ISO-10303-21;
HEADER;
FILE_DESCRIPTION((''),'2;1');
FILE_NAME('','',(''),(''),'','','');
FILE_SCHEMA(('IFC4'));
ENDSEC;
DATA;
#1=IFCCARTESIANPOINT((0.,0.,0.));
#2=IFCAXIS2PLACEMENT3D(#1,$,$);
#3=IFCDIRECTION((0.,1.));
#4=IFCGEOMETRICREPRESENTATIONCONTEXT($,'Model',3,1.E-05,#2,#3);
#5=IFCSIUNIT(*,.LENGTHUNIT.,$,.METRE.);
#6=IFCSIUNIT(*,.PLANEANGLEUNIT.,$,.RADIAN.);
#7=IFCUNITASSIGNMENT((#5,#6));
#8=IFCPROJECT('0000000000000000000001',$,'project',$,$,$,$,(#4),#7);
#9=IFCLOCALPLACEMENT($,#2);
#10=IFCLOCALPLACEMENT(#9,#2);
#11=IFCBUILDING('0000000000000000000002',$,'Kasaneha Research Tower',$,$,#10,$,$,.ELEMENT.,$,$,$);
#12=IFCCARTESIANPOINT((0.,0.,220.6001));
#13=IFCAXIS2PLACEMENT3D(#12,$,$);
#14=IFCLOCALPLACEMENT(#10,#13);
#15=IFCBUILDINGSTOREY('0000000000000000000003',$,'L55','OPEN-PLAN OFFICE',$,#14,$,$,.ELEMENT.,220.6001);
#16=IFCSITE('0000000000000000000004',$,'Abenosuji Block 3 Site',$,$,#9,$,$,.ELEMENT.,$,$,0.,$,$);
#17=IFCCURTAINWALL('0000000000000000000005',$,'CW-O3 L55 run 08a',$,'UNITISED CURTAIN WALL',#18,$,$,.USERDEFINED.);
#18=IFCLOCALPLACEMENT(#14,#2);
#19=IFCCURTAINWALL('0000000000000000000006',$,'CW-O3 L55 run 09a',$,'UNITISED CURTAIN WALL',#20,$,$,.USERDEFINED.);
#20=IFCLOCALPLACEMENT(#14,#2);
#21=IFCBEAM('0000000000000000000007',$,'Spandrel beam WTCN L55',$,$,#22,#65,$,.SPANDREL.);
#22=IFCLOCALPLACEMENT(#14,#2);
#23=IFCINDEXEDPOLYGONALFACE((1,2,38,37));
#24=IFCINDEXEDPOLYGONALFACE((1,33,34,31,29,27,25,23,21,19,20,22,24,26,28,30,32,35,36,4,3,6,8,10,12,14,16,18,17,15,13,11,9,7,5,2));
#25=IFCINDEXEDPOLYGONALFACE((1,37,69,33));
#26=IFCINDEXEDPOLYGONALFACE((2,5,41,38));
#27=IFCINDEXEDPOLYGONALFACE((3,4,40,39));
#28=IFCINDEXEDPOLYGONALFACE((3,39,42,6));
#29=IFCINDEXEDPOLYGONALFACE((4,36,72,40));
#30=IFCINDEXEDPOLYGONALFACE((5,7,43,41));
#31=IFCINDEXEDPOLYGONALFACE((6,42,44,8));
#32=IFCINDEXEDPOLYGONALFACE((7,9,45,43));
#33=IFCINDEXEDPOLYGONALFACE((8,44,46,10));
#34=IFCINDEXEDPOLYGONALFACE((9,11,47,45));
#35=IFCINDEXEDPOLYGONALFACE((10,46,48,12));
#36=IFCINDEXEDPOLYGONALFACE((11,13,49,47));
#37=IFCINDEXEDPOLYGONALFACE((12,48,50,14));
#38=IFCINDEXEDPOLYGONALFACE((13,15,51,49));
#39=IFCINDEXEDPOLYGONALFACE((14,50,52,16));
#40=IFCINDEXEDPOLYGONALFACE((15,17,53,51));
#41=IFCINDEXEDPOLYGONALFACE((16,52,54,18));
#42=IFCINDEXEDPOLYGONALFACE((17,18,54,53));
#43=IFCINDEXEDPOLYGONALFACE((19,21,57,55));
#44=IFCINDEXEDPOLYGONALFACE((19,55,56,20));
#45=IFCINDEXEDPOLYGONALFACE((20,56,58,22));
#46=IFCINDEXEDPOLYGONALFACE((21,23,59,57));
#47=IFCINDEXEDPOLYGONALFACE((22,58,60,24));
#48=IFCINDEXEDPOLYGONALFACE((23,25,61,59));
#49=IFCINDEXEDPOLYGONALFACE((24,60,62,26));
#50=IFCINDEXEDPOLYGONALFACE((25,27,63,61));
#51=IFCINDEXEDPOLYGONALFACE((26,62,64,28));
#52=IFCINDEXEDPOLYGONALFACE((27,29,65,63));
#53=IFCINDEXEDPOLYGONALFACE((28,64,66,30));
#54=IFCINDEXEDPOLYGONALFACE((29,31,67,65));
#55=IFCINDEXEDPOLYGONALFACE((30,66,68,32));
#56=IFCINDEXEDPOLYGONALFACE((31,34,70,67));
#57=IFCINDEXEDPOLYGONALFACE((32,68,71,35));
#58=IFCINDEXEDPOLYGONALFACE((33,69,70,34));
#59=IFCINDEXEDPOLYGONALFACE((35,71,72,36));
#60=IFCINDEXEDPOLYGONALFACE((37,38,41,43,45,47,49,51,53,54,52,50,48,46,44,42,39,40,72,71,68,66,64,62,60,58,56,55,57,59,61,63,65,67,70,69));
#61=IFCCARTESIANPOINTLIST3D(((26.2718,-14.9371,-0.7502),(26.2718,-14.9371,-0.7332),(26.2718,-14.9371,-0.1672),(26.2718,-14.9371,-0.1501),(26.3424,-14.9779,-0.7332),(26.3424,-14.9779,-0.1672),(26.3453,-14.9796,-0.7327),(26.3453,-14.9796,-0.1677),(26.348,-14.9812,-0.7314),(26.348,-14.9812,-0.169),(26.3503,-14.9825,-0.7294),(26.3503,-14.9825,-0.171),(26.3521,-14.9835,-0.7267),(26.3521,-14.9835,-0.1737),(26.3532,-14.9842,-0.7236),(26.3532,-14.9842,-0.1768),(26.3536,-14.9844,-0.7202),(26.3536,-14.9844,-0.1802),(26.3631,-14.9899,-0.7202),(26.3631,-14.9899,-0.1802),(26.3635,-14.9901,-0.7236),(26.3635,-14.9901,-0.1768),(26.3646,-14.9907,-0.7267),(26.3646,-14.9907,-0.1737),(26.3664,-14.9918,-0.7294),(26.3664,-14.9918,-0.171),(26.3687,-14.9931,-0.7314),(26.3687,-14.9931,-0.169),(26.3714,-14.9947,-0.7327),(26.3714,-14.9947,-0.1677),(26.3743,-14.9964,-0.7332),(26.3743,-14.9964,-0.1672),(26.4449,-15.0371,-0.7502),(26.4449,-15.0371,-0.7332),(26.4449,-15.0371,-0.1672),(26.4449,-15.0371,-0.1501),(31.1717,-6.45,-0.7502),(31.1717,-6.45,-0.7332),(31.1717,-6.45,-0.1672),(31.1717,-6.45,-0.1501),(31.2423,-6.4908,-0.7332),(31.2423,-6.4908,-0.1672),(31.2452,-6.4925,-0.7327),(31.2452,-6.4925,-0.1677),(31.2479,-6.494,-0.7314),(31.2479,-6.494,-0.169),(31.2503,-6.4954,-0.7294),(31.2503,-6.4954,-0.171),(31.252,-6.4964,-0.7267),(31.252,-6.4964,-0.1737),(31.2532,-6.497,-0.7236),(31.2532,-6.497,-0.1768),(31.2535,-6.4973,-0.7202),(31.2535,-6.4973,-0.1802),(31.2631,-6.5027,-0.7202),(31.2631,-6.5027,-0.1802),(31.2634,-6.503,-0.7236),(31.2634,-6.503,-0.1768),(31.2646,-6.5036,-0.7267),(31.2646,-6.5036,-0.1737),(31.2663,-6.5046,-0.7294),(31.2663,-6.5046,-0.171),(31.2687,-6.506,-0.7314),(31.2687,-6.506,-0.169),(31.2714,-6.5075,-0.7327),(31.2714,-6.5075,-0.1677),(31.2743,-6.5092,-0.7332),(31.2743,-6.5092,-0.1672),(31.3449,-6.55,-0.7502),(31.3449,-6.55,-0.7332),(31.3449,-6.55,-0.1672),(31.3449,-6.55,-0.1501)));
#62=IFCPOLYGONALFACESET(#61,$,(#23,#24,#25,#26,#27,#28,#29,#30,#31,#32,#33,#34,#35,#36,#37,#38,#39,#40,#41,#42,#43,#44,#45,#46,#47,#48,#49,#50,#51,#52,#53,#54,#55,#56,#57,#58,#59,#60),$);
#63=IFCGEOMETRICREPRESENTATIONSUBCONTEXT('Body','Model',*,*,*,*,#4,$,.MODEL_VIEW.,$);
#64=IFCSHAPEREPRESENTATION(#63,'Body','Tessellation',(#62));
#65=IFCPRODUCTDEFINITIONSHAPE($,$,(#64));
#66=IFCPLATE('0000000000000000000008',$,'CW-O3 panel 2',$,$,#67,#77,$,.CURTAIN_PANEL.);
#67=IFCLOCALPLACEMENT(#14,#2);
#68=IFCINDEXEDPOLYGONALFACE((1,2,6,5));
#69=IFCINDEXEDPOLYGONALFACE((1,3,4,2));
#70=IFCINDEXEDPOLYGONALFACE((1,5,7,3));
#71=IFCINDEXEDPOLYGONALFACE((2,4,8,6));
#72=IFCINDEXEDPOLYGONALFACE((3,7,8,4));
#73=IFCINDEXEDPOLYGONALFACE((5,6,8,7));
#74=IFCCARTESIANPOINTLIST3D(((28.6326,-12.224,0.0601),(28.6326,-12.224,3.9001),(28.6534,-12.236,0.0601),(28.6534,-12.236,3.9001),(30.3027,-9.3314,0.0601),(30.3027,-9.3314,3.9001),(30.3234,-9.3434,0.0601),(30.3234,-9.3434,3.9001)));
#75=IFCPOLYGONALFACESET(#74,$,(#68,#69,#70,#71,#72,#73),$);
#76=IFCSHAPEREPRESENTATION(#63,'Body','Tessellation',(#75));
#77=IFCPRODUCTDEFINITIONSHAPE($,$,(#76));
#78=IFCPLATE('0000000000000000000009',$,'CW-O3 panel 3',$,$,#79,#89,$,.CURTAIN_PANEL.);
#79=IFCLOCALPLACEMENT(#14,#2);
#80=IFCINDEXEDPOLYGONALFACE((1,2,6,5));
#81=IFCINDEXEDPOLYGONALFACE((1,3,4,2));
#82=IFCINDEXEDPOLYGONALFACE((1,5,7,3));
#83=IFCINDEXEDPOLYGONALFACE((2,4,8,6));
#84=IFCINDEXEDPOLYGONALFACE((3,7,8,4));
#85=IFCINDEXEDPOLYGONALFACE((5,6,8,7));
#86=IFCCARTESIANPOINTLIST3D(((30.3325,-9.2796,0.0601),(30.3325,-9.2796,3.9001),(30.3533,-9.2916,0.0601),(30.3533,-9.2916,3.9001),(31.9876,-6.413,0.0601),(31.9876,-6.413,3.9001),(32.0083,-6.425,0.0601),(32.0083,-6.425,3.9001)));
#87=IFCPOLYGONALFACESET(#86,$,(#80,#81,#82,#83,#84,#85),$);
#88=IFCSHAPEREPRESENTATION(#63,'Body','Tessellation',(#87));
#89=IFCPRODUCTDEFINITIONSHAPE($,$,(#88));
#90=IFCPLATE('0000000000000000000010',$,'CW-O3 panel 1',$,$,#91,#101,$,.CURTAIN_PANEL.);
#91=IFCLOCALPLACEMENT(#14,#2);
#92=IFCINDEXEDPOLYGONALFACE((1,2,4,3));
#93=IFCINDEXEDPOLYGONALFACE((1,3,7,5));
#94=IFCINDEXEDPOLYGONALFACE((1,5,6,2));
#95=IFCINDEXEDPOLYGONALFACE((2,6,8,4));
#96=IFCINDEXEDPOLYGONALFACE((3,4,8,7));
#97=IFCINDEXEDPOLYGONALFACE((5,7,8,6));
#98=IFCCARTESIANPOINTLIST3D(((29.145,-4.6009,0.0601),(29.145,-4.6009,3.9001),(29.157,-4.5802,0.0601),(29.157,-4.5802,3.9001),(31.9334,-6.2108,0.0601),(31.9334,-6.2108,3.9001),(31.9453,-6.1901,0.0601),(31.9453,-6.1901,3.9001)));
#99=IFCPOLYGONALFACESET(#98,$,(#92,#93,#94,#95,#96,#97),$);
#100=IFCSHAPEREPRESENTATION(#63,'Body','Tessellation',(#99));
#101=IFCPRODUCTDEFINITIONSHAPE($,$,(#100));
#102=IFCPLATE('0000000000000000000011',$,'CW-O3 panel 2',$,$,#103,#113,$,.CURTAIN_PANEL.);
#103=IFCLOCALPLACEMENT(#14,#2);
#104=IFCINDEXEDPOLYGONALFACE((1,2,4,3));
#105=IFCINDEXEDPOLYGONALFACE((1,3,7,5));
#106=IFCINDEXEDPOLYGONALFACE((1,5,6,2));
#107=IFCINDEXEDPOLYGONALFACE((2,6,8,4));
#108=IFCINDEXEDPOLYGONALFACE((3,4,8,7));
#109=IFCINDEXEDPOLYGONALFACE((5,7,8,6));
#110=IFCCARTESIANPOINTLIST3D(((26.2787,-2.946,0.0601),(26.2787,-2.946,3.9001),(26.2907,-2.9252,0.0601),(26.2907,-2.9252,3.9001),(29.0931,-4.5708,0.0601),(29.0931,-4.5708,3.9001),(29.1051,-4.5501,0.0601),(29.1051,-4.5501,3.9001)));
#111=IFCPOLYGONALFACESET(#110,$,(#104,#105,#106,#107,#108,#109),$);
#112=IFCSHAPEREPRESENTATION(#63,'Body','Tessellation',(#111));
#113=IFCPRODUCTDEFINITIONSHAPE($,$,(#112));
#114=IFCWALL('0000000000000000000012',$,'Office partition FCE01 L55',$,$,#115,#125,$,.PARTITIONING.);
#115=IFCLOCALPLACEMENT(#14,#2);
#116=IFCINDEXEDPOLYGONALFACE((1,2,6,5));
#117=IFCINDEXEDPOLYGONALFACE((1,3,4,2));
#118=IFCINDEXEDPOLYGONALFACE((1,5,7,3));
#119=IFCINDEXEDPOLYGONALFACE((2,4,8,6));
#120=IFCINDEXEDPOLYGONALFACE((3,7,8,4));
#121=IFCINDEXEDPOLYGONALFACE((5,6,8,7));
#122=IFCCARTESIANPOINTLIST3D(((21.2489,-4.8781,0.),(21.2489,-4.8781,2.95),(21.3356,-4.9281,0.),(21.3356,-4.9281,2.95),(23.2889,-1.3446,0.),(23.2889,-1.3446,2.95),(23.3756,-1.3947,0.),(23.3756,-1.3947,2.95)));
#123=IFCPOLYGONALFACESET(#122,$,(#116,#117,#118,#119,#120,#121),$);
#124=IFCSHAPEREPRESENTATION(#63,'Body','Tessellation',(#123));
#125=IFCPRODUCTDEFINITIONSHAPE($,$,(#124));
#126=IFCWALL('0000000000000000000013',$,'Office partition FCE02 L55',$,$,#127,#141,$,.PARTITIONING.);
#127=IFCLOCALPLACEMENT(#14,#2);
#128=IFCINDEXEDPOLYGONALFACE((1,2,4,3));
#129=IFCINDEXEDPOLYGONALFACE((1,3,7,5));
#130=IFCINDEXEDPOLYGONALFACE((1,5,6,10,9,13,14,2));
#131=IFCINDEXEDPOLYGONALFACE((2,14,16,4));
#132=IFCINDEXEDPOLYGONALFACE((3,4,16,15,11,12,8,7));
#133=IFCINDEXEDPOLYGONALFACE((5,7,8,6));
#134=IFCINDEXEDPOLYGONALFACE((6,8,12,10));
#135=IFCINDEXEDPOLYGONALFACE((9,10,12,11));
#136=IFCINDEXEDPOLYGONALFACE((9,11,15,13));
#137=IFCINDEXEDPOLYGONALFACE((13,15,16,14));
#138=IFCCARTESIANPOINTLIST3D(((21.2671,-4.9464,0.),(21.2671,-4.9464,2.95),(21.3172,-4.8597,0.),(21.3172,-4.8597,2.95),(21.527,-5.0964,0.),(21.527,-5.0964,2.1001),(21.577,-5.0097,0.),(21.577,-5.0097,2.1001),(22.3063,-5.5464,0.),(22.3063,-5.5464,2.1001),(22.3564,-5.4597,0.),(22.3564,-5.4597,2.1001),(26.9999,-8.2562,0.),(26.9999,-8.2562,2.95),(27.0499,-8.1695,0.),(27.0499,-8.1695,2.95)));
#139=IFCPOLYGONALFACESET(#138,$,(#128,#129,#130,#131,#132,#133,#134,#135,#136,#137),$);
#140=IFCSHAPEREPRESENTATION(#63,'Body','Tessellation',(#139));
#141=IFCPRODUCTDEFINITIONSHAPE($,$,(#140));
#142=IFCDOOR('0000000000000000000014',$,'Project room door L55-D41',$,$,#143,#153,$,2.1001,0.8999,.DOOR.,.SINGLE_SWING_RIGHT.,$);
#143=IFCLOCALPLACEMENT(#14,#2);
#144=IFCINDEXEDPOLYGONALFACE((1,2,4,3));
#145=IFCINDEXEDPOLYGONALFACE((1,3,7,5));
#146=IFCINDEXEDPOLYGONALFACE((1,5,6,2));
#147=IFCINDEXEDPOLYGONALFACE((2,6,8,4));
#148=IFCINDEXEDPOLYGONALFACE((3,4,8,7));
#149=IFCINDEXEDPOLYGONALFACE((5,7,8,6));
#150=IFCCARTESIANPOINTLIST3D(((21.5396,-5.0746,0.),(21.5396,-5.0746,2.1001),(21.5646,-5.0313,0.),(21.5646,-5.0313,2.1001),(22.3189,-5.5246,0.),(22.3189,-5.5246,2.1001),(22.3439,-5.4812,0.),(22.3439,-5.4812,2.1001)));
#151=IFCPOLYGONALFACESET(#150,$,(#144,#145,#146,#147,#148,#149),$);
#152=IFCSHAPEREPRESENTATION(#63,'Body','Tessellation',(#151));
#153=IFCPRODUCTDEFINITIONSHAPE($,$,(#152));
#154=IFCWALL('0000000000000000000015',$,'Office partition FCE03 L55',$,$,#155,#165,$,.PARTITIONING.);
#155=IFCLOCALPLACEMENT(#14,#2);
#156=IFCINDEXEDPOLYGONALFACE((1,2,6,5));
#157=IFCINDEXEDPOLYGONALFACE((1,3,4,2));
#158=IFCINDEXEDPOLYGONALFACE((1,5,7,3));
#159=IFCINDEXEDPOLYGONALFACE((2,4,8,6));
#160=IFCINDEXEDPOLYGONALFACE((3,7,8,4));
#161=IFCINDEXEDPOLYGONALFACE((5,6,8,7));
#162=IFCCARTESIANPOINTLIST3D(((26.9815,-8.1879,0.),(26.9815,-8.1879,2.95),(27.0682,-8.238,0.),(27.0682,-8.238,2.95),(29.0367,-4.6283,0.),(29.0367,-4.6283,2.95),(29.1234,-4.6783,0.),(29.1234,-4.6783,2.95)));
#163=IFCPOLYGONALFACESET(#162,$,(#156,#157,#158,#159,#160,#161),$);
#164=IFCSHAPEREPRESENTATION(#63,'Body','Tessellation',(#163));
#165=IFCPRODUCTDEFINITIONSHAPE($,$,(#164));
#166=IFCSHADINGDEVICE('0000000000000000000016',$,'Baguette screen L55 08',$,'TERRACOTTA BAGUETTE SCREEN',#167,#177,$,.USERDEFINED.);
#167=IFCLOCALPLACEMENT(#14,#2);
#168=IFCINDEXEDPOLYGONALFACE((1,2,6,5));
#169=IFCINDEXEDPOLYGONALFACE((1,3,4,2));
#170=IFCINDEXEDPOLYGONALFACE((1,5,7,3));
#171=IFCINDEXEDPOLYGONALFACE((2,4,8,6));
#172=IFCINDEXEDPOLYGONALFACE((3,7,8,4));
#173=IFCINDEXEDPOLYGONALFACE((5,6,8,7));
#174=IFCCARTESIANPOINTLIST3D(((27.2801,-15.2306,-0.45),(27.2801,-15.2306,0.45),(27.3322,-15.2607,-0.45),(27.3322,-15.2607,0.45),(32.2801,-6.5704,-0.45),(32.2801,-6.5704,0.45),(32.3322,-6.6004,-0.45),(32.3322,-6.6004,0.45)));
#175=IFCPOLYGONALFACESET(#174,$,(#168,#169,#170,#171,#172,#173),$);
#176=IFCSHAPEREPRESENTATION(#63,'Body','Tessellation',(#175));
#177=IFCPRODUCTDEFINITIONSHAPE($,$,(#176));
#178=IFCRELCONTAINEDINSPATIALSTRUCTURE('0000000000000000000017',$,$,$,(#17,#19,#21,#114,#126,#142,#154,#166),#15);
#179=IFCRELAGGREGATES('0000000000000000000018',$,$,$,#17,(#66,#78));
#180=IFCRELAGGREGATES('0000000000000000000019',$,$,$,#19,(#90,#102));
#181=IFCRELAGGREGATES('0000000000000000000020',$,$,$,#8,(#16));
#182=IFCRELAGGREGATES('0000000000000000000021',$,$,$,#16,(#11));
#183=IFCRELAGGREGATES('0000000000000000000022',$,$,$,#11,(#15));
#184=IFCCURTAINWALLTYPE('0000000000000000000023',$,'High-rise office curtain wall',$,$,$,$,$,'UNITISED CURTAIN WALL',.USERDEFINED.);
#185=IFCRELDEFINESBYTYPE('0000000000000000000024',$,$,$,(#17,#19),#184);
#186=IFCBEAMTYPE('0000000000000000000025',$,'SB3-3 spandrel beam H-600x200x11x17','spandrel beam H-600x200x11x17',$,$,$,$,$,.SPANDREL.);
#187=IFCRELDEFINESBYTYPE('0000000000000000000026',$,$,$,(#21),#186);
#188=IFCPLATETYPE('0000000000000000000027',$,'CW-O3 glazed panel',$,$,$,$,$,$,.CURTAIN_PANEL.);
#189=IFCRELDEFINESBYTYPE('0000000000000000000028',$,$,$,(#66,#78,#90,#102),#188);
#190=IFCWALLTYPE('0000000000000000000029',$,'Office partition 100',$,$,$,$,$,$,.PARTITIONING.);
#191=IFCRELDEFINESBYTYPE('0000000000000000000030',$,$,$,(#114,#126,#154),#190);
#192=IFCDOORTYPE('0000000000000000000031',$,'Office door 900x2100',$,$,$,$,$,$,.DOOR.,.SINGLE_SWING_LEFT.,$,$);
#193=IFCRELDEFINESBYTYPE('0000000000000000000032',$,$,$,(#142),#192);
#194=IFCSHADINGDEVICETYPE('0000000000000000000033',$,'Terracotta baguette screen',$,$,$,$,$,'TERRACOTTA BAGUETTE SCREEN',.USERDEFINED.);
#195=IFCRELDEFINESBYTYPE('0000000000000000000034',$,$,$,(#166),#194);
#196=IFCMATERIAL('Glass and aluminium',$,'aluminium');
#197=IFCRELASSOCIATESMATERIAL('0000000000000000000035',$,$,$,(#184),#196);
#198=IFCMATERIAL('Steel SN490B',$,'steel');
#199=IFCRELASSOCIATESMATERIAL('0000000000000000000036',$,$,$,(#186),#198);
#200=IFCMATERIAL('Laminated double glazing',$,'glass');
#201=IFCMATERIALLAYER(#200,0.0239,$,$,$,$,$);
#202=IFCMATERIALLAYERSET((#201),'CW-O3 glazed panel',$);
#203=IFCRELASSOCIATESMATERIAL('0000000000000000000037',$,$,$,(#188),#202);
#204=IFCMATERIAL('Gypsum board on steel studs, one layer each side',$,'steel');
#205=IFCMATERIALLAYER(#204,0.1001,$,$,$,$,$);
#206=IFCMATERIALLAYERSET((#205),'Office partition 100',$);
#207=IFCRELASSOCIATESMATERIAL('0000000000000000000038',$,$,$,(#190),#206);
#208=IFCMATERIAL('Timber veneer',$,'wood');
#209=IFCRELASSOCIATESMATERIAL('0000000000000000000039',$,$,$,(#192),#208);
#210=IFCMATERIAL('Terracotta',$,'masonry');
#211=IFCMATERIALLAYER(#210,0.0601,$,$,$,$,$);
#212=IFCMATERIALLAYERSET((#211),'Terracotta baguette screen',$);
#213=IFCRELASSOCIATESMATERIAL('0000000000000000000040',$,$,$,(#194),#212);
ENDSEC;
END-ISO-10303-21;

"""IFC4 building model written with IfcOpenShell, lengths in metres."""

from ifc_helpers import new_model, si_unit, direction, frame, frame_2d, origin, origin_2d, place, context, subcontext, project, spatial, rectangle, i_section, extrude, material, layer, layer_set, material_profile, profile_set, type_object, element, fill, aggregate, save


model = new_model("IFC4")

# Units and contexts
model_context = context("Model", 3, precision=1e-05, world=origin(), true_north=direction((0.0, 1.0)))
body_context = subcontext(model_context, "Body", "Model", "MODEL_VIEW")
ifc_project = project(units=[si_unit("LENGTHUNIT", "METRE"), si_unit("PLANEANGLEUNIT", "RADIAN")], contexts=[model_context])

# Site, building, storey
site_placement = place(None, origin())
site = spatial("IfcSite", under=ifc_project, at=site_placement, Name="Abenosuji Block 3 Site", CompositionType="ELEMENT", RefElevation=0.0)
building_placement = place(site_placement, origin())
building = spatial("IfcBuilding", under=site, at=building_placement, Name="Kasaneha Research Tower", CompositionType="ELEMENT")
storey_placement = place(building_placement, frame((0.0, 0.0, 220.6001)))
storey = spatial("IfcBuildingStorey", under=building, at=storey_placement, Name="L55", Description="OPEN-PLAN OFFICE", CompositionType="ELEMENT", Elevation=220.6001)

# Curtain walls
ifc_material_1 = material(Name="Glass and aluminium", Category="aluminium")
curtain_wall_type = type_object("IfcCurtainWallType", Name="High-rise office curtain wall", ElementType="UNITISED CURTAIN WALL", PredefinedType="USERDEFINED", material=ifc_material_1)
curtain_wall_1_placement = place(storey_placement, origin())
curtain_wall_1 = element("IfcCurtainWall", 1, at=curtain_wall_1_placement, inside=storey, type_object=curtain_wall_type, Name="CW-O3 L55 run 08a", ObjectType="UNITISED CURTAIN WALL", PredefinedType="USERDEFINED")
curtain_wall_2_placement = place(storey_placement, origin())
curtain_wall_2 = element("IfcCurtainWall", 2, at=curtain_wall_2_placement, inside=storey, type_object=curtain_wall_type, Name="CW-O3 L55 run 09a", ObjectType="UNITISED CURTAIN WALL", PredefinedType="USERDEFINED")

# Beam
ifc_material_2 = material(Name="Steel SN490B", Category="steel")
ifc_material_profile_1 = material_profile(ifc_material_2, i_section(OverallWidth=0.2, OverallDepth=0.6001, WebThickness=0.011, FlangeThickness=0.0171, FilletRadius=0.0129, at=origin_2d()), Name="H-600x200x11x17")
ifc_profile_set_1 = profile_set([ifc_material_profile_1], Name="Steel SN490B")
beam_type_1 = type_object("IfcBeamType", Name="SB3-3 spandrel beam H-600x200x11x17", Description="spandrel beam H-600x200x11x17", PredefinedType="SPANDREL", material=ifc_profile_set_1)
beam_1_placement = place(storey_placement, frame((31.2583, -6.5, -0.4502), z_axis=(-0.499992, -0.86603, 0.0), x_axis=(0.86603, -0.499992, 0.0)))
element("IfcBeam", 3, at=beam_1_placement, inside=storey, type_object=beam_type_1, Name="Spandrel beam WTCN L55", PredefinedType="SPANDREL", context=body_context, shape_type="SweptSolid", body=[
    extrude(i_section(OverallWidth=0.2, OverallDepth=0.6001, WebThickness=0.011, FlangeThickness=0.0171, FilletRadius=0.0129, at=origin_2d()), origin(), (0.0, 0.0, 1.0), 9.8),
])

# Plates
ifc_material_3 = material(Name="Laminated double glazing", Category="glass")
ifc_layer_1 = layer(ifc_material_3, 0.0239)
ifc_layer_set_1 = layer_set([ifc_layer_1], Name="CW-O3 glazed panel")
plate_type = type_object("IfcPlateType", Name="CW-O3 glazed panel", PredefinedType="CURTAIN_PANEL", material=ifc_layer_set_1)
plate_1_placement = place(storey_placement, frame((29.478, -10.7837, 0.0601), z_axis=(0.0, 0.0, 1.0), x_axis=(0.5, 0.866025, 0.0)))
plate_1 = element("IfcPlate", 4, at=plate_1_placement, type_object=plate_type, Name="CW-O3 panel 2", PredefinedType="CURTAIN_PANEL", context=body_context, shape_type="SweptSolid", body=[
    extrude(rectangle(XDim=3.3401, YDim=0.0239, at=origin_2d()), origin(), (0.0, 0.0, 1.0), 3.8401),
])
plate_2_placement = place(storey_placement, frame((31.1704, -7.8523, 0.0601), z_axis=(0.0, 0.0, 1.0), x_axis=(0.5, 0.866025, 0.0)))
plate_2 = element("IfcPlate", 5, at=plate_2_placement, type_object=plate_type, Name="CW-O3 panel 3", PredefinedType="CURTAIN_PANEL", context=body_context, shape_type="SweptSolid", body=[
    extrude(rectangle(XDim=3.3101, YDim=0.0239, at=origin_2d()), origin(), (0.0, 0.0, 1.0), 3.8401),
])
aggregate(curtain_wall_1, [plate_1, plate_2])
plate_3_placement = place(storey_placement, frame((30.5452, -5.3955, 0.0601), z_axis=(0.0, 0.0, 1.0), x_axis=(-0.866025, 0.5, 0.0)))
plate_3 = element("IfcPlate", 6, at=plate_3_placement, type_object=plate_type, Name="CW-O3 panel 1", PredefinedType="CURTAIN_PANEL", context=body_context, shape_type="SweptSolid", body=[
    extrude(rectangle(XDim=3.2197, YDim=0.0239, at=origin_2d()), origin(), (0.0, 0.0, 1.0), 3.8401),
])
plate_4_placement = place(storey_placement, frame((27.6919, -3.748, 0.0601), z_axis=(0.0, 0.0, 1.0), x_axis=(-0.866025, 0.5, 0.0)))
plate_4 = element("IfcPlate", 7, at=plate_4_placement, type_object=plate_type, Name="CW-O3 panel 2", PredefinedType="CURTAIN_PANEL", context=body_context, shape_type="SweptSolid", body=[
    extrude(rectangle(XDim=3.2498, YDim=0.0239, at=origin_2d()), origin(), (0.0, 0.0, 1.0), 3.8401),
])
aggregate(curtain_wall_2, [plate_3, plate_4])

# Wall
ifc_material_4 = material(Name="Gypsum board on steel studs, one layer each side", Category="steel")
ifc_layer_2 = layer(ifc_material_4, 0.1001)
ifc_layer_set_2 = layer_set([ifc_layer_2], Name="Office partition 100")
wall_type = type_object("IfcWallType", Name="Office partition 100", PredefinedType="PARTITIONING", material=ifc_layer_set_2)
wall_1_placement = place(storey_placement, frame((21.2922, -4.9031, 0.0), z_axis=(0.0, 0.0, 1.0), x_axis=(0.5, 0.866025, 0.0)))
element("IfcWall", 8, at=wall_1_placement, inside=storey, type_object=wall_type, Name="Office partition FCE01 L55", PredefinedType="PARTITIONING", context=body_context, shape_type="SweptSolid", body=[
    extrude(rectangle(XDim=4.0801, YDim=0.1001, at=frame_2d((2.04, 0.0))), origin(), (0.0, 0.0, 1.0), 2.95),
])

# Wall, opening, door
wall_2_placement = place(storey_placement, frame((27.0249, -8.2129, 0.0), z_axis=(0.0, 0.0, 1.0), x_axis=(-0.866022, 0.500007, 0.0)))
wall_2 = element("IfcWall", 9, at=wall_2_placement, inside=storey, type_object=wall_type, Name="Office partition FCE02 L55", PredefinedType="PARTITIONING", context=body_context, shape_type="SweptSolid", body=[
    extrude(rectangle(XDim=6.6196, YDim=0.1001, at=frame_2d((3.3098, 0.0))), origin(), (0.0, 0.0, 1.0), 2.95),
])
opening_placement = place(wall_2_placement, frame((5.4197, 0.0, 0.0)))
opening = element("IfcOpeningElement", 10, at=opening_placement, cuts=wall_2, PredefinedType="OPENING", context=body_context, shape_type="SweptSolid", body=[
    extrude(rectangle(XDim=0.8999, YDim=2.1001, at=frame_2d((0.45, 1.05))), frame((0.0, 0.0601, 0.0), z_axis=(0.0, -1.0, 0.0), x_axis=(1.0, 0.0, 0.0)), (0.0, 0.0, 1.0), 0.1201),
])
ifc_material_5 = material(Name="Timber veneer", Category="wood")
door_type = type_object("IfcDoorType", Name="Office door 900x2100", OperationType="SINGLE_SWING_LEFT", PredefinedType="DOOR", material=ifc_material_5)
door_placement = place(opening_placement, origin())
door = element("IfcDoor", 11, at=door_placement, inside=storey, type_object=door_type, Name="Project room door L55-D41", OperationType="SINGLE_SWING_RIGHT", OverallHeight=2.1001, OverallWidth=0.8999, PredefinedType="DOOR", context=body_context, shape_type="SweptSolid", body=[
    extrude(rectangle(XDim=0.8999, YDim=2.1001, at=frame_2d((0.45, 1.05))), frame((0.0, 0.0249, 0.0), z_axis=(0.0, -1.0, 0.0), x_axis=(1.0, 0.0, 0.0)), (0.0, 0.0, 1.0), 0.05),
])
fill(opening, door)

# Wall
wall_3_placement = place(storey_placement, frame((29.0801, -4.6533, 0.0), z_axis=(0.0, 0.0, 1.0), x_axis=(-0.50001, -0.866019, 0.0)))
element("IfcWall", 12, at=wall_3_placement, inside=storey, type_object=wall_type, Name="Office partition FCE03 L55", PredefinedType="PARTITIONING", context=body_context, shape_type="SweptSolid", body=[
    extrude(rectangle(XDim=4.1104, YDim=0.1001, at=frame_2d((2.0552, 0.0))), origin(), (0.0, 0.0, 1.0), 2.95),
])

# Shading device
ifc_material_6 = material(Name="Terracotta", Category="masonry")
ifc_layer_3 = layer(ifc_material_6, 0.0601)
ifc_layer_set_3 = layer_set([ifc_layer_3], Name="Terracotta baguette screen")
shading_device_type = type_object("IfcShadingDeviceType", Name="Terracotta baguette screen", ElementType="TERRACOTTA BAGUETTE SCREEN", PredefinedType="USERDEFINED", material=ifc_layer_set_3)
shading_device_placement = place(storey_placement, frame((29.8062, -10.9155, -0.45), z_axis=(0.0, 0.0, 1.0), x_axis=(0.5, 0.866025, 0.0)))
element("IfcShadingDevice", 13, at=shading_device_placement, inside=storey, type_object=shading_device_type, Name="Baguette screen L55 08", ObjectType="TERRACOTTA BAGUETTE SCREEN", PredefinedType="USERDEFINED", context=body_context, shape_type="SweptSolid", body=[
    extrude(rectangle(XDim=10.0, YDim=0.0601, at=origin_2d()), origin(), (0.0, 0.0, 1.0), 0.8999),
])

save(model, "model.ifc")
